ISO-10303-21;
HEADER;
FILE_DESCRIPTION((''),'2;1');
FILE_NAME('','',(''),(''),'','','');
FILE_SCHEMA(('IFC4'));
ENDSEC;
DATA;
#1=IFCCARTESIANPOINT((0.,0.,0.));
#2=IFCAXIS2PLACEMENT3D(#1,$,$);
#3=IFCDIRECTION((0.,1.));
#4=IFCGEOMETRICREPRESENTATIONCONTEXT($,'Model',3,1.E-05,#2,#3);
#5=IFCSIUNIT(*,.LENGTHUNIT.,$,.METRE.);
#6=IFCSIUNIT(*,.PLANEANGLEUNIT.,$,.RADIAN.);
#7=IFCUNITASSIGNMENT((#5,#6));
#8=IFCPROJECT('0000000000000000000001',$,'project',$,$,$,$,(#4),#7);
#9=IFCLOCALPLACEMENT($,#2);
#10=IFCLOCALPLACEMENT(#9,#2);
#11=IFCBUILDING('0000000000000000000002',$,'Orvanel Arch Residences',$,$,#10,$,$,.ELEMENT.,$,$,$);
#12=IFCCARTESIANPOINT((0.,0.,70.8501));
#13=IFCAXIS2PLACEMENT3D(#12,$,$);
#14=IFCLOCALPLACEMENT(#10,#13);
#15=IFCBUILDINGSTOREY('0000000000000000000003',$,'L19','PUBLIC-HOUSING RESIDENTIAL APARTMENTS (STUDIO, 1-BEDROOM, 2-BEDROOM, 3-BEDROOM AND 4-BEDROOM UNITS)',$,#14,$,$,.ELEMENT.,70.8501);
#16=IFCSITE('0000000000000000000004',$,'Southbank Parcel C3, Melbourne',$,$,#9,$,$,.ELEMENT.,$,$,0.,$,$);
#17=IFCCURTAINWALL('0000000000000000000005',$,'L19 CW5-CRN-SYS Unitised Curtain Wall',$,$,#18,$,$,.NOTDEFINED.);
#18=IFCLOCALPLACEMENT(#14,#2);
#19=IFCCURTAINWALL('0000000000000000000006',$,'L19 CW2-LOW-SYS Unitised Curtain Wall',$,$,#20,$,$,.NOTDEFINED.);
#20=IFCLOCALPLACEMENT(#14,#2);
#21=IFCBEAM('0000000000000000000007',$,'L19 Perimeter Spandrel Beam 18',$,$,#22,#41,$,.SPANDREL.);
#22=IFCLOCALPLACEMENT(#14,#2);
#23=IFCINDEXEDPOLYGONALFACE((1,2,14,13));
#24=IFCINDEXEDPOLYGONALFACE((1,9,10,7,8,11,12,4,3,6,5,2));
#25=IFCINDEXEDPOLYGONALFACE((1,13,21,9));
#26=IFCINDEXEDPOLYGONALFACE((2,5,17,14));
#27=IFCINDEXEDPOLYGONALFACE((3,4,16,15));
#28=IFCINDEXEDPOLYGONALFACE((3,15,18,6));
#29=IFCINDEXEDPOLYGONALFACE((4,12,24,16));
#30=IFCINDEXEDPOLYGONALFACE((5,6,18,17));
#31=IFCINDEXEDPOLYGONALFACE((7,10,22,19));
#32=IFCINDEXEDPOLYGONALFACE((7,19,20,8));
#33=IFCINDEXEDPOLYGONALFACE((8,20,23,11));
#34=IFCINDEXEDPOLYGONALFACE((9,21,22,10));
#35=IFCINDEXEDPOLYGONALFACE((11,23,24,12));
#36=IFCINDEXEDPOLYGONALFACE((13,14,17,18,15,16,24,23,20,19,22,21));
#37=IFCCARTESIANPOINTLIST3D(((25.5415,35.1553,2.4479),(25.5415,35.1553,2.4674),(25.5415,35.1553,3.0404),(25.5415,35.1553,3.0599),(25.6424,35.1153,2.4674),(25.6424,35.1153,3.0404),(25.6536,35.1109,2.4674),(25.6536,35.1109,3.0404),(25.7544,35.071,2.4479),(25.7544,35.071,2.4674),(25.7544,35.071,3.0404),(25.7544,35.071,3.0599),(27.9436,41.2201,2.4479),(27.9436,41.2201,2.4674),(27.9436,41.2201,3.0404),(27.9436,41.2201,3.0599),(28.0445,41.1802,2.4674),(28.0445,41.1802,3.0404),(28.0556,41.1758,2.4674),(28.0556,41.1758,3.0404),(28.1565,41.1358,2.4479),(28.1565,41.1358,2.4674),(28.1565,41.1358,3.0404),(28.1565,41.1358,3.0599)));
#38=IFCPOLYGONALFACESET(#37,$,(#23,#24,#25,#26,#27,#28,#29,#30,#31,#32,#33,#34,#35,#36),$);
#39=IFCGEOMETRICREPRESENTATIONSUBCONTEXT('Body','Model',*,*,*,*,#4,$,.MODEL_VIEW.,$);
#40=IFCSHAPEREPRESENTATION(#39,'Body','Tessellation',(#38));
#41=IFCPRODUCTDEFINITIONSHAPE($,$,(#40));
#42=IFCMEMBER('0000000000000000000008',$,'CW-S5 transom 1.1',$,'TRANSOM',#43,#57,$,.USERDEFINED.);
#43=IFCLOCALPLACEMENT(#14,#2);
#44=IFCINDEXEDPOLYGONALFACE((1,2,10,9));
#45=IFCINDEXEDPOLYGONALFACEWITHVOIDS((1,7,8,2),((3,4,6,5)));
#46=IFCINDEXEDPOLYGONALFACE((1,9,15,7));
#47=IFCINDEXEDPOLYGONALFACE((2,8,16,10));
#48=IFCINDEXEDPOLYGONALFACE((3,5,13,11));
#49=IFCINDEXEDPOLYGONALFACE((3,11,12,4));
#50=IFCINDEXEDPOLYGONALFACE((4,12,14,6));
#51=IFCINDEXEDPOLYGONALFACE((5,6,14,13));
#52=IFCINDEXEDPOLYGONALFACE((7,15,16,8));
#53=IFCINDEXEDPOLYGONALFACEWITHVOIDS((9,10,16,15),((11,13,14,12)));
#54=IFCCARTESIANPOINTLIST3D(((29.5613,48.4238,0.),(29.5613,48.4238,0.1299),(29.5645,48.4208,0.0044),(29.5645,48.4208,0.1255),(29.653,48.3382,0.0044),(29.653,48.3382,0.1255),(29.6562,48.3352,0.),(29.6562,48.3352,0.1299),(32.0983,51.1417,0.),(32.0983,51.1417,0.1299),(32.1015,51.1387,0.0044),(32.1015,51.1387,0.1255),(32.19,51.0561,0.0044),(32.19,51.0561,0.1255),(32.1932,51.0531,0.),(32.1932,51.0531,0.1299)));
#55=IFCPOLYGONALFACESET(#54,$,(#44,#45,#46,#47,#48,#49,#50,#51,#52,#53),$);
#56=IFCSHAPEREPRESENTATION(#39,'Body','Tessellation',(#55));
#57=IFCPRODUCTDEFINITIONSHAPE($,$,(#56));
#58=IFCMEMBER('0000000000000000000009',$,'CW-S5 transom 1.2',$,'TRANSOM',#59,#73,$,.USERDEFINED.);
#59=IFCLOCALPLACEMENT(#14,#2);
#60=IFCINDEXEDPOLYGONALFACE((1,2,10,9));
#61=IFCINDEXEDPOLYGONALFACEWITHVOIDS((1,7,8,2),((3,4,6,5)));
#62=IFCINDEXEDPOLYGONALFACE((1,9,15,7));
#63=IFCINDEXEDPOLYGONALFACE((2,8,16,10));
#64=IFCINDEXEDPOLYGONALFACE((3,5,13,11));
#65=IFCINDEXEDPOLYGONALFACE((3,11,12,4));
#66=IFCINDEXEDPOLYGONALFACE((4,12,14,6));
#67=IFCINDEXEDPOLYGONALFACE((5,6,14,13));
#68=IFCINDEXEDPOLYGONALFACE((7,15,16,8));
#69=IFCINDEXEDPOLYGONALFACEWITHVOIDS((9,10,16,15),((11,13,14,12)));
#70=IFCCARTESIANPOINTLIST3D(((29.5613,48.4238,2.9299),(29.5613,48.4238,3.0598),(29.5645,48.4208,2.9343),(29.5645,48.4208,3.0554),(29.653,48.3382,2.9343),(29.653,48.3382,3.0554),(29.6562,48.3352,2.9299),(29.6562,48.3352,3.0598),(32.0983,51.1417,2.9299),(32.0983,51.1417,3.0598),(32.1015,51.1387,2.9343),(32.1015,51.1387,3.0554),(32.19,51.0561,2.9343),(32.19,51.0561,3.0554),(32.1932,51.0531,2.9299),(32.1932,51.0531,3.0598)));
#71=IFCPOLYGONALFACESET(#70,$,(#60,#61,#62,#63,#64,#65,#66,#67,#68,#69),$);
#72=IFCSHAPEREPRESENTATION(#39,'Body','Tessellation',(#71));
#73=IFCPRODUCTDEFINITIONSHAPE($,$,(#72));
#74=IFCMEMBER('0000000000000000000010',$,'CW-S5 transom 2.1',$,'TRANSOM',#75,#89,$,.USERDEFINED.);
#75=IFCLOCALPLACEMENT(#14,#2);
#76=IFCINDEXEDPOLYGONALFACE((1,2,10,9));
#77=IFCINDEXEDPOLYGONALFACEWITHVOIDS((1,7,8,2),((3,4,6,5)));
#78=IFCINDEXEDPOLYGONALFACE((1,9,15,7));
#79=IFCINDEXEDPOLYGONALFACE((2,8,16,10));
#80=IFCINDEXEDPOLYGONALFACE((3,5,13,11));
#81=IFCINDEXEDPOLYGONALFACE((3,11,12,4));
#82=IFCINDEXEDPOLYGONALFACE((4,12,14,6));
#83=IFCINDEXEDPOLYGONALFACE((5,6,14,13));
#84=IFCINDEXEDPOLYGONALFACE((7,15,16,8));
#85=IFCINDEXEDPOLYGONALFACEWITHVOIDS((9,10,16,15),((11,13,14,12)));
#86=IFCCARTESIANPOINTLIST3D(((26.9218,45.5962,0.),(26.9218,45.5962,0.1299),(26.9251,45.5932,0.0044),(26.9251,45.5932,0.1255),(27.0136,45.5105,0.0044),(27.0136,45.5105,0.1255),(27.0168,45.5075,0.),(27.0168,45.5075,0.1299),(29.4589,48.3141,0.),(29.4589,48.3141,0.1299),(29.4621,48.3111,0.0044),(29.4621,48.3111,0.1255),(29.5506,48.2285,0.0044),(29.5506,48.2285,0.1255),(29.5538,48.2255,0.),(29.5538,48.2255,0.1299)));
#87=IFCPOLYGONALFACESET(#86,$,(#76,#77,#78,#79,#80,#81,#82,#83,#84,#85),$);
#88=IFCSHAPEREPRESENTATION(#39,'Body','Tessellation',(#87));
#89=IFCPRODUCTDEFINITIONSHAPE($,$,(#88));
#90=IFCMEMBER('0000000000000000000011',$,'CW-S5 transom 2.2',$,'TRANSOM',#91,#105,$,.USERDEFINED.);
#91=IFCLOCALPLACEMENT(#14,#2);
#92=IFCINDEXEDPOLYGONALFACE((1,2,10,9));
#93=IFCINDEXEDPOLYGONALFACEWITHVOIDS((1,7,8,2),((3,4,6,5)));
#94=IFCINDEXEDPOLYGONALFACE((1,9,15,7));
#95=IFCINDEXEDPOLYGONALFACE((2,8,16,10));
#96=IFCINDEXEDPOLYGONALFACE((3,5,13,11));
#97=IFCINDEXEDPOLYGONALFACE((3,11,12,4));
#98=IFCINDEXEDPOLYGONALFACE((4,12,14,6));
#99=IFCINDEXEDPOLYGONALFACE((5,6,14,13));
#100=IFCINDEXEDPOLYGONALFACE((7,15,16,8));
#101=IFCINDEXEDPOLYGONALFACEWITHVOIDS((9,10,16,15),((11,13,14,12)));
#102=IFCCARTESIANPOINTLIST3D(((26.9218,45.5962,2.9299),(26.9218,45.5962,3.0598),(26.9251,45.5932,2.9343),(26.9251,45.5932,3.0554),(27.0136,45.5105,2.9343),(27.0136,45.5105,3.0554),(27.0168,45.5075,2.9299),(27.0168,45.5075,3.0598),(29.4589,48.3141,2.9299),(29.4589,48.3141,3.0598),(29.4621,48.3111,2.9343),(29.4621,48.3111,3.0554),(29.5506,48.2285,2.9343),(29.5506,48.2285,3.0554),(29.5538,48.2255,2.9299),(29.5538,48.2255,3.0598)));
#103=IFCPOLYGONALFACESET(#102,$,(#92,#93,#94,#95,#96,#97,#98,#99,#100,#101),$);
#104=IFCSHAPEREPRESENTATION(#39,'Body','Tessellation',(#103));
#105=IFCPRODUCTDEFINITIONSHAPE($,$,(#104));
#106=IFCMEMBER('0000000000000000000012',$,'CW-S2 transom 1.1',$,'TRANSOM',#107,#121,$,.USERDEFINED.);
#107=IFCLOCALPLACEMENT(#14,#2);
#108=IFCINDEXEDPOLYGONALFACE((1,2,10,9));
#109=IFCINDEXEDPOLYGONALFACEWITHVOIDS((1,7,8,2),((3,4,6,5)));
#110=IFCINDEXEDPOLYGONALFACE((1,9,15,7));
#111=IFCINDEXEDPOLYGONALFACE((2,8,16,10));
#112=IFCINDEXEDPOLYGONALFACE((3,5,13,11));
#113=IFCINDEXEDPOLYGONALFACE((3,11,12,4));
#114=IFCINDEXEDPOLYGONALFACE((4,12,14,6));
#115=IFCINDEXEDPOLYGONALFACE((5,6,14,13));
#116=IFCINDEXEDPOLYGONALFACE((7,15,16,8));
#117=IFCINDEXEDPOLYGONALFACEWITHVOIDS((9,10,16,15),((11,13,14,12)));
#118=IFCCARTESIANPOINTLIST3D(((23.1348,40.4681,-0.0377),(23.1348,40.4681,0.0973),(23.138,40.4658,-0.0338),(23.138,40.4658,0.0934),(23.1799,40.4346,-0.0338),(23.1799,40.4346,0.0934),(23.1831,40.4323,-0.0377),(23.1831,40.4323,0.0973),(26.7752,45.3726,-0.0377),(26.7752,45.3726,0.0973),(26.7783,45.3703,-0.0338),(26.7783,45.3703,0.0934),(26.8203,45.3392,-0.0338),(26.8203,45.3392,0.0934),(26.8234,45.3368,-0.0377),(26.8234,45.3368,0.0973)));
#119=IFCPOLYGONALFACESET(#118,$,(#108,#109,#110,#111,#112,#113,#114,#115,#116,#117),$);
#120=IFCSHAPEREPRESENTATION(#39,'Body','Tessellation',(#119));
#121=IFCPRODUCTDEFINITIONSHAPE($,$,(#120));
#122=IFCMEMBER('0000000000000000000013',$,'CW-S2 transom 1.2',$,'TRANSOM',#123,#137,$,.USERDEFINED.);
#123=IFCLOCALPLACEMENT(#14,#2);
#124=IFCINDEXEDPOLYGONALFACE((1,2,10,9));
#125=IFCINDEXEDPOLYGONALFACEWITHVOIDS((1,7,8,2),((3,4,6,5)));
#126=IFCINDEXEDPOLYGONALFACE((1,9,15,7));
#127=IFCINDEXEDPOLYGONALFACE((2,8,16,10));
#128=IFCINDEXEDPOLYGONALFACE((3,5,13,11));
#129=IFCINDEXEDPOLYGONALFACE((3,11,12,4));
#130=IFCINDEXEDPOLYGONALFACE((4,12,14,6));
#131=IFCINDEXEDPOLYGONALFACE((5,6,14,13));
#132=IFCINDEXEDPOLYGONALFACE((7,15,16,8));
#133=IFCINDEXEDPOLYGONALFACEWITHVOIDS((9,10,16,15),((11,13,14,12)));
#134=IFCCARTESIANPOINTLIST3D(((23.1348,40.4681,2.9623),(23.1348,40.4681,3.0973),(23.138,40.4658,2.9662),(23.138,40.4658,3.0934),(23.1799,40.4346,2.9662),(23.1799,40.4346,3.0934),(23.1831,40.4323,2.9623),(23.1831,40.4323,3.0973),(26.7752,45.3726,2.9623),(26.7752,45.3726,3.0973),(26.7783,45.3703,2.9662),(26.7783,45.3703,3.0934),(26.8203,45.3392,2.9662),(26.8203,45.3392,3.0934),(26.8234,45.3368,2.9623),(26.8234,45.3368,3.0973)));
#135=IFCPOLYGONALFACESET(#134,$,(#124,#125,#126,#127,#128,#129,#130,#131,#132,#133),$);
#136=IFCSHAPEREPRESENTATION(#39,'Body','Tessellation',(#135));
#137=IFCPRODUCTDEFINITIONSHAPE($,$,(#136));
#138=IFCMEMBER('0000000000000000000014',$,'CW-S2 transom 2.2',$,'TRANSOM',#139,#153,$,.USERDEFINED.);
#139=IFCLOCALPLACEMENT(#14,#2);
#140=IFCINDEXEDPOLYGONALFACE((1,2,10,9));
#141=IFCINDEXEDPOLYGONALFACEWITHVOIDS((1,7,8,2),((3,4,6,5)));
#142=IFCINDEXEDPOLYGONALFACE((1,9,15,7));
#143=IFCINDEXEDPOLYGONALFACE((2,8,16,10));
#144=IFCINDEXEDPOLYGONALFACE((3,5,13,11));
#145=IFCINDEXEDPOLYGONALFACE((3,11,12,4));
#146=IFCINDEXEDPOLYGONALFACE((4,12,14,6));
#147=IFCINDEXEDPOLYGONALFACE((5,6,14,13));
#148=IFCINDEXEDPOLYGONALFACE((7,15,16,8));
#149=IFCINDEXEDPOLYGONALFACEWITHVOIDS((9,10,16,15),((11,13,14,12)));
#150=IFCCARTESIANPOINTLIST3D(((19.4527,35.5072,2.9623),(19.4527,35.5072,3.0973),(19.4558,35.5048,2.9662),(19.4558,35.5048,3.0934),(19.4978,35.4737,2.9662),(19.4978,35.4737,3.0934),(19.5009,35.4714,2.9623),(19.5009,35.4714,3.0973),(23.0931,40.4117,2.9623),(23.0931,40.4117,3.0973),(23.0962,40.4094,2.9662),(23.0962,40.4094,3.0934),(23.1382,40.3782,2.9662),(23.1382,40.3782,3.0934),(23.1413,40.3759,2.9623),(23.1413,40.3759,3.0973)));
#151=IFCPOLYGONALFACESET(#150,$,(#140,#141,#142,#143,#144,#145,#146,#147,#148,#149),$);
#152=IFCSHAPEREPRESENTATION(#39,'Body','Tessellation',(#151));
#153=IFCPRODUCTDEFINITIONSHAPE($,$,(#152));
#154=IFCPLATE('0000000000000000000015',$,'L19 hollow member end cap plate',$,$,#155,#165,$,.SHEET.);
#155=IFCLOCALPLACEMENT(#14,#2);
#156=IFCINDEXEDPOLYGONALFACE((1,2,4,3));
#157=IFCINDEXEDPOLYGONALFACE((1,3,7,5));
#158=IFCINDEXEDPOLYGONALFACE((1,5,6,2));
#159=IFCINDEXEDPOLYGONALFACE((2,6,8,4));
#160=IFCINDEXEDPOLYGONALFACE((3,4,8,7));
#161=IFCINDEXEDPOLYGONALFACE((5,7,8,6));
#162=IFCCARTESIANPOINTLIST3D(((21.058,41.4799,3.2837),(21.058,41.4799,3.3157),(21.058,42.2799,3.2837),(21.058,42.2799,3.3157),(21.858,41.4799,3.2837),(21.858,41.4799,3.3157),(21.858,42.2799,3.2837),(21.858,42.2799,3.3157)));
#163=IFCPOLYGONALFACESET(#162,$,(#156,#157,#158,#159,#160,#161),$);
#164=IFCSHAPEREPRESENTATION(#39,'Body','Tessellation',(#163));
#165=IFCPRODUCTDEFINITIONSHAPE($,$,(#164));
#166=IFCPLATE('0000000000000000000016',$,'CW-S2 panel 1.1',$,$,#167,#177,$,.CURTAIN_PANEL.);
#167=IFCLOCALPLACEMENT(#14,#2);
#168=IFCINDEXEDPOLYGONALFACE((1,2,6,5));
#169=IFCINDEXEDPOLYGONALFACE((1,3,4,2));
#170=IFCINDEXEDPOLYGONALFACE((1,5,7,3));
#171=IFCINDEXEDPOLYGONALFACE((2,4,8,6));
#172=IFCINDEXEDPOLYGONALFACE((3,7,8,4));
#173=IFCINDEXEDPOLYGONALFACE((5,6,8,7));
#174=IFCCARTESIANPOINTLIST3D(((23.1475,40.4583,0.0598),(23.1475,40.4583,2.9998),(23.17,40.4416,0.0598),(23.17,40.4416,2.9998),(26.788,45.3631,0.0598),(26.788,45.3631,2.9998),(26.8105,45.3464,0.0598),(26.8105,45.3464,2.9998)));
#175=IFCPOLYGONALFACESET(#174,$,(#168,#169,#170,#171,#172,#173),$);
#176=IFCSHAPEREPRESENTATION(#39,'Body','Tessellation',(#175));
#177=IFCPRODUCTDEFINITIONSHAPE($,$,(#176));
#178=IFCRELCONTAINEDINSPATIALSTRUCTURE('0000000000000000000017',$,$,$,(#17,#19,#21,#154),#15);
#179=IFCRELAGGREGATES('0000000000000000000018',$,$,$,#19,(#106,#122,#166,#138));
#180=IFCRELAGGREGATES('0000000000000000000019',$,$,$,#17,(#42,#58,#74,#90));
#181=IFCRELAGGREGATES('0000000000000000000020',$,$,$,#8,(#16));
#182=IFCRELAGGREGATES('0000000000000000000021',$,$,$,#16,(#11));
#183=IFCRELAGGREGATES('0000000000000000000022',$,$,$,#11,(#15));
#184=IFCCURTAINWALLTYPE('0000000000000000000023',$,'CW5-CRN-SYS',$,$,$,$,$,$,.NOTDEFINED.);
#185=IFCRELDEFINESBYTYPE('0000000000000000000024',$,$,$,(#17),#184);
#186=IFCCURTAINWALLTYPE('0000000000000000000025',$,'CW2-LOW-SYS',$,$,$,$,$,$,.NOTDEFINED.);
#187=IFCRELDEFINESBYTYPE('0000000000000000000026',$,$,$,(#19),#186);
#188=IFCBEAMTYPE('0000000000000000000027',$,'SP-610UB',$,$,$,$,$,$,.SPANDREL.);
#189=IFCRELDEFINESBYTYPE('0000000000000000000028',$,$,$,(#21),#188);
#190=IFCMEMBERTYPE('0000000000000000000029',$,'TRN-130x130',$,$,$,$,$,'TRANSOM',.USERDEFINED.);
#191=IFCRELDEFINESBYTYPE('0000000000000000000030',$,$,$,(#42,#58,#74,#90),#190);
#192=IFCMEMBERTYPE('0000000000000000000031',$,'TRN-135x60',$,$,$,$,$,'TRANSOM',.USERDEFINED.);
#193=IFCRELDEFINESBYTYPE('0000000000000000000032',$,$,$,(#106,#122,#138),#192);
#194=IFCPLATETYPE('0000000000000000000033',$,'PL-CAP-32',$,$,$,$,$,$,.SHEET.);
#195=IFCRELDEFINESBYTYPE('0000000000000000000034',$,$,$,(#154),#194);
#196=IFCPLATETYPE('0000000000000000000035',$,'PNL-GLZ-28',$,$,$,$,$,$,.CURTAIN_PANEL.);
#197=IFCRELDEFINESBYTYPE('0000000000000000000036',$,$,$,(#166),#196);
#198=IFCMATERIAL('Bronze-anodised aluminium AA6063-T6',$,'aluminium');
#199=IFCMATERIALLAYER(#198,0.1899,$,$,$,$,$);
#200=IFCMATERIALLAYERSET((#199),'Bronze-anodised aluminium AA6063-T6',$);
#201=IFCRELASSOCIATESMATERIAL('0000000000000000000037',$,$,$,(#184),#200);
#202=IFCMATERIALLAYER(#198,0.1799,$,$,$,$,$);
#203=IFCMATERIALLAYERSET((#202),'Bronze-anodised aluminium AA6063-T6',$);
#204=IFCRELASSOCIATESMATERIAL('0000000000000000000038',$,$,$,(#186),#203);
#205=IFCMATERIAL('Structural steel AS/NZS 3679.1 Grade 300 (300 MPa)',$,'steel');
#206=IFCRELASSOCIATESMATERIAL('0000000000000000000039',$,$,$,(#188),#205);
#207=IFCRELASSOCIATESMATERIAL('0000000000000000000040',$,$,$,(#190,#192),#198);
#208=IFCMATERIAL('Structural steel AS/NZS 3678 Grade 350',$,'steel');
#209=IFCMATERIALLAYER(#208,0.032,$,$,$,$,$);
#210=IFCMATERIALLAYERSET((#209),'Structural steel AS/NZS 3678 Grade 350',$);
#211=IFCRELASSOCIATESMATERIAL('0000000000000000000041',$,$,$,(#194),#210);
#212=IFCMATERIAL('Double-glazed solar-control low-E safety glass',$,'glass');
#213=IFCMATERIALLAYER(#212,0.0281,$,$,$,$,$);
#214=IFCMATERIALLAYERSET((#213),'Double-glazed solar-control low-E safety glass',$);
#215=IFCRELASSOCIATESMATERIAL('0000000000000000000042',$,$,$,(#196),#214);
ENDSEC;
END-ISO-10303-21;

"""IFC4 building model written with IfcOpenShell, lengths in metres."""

from ifc_helpers import new_model, si_unit, direction, frame, origin, origin_2d, place, context, subcontext, project, spatial, rectangle, hollow_rectangle, i_section, extrude, material, layer, layer_set, material_profile, profile_set, type_object, element, aggregate, save


model = new_model("IFC4")

# Units and contexts
model_context = context("Model", 3, precision=1e-05, world=origin(), true_north=direction((0.0, 1.0)))
body_context = subcontext(model_context, "Body", "Model", "MODEL_VIEW")
ifc_project = project(units=[si_unit("LENGTHUNIT", "METRE"), si_unit("PLANEANGLEUNIT", "RADIAN")], contexts=[model_context])

# Site, building, storey
site_placement = place(None, origin())
site = spatial("IfcSite", under=ifc_project, at=site_placement, Name="Southbank Parcel C3, Melbourne", CompositionType="ELEMENT", RefElevation=0.0)
building_placement = place(site_placement, origin())
building = spatial("IfcBuilding", under=site, at=building_placement, Name="Orvanel Arch Residences", CompositionType="ELEMENT")
storey_placement = place(building_placement, frame((0.0, 0.0, 70.8501)))
storey = spatial("IfcBuildingStorey", under=building, at=storey_placement, Name="L19", Description="PUBLIC-HOUSING RESIDENTIAL APARTMENTS (STUDIO, 1-BEDROOM, 2-BEDROOM, 3-BEDROOM AND 4-BEDROOM UNITS)", CompositionType="ELEMENT", Elevation=70.8501)

# Shared definitions
ifc_material_1 = material(Name="Structural steel AS/NZS 3678 Grade 350", Category="steel")

# Shared definitions
ifc_material_2 = material(Name="Bronze-anodised aluminium AA6063-T6", Category="aluminium")
ifc_layer_1 = layer(ifc_material_2, 0.1899)
ifc_layer_set_1 = layer_set([ifc_layer_1], Name="Bronze-anodised aluminium AA6063-T6")
curtain_wall_type_1 = type_object("IfcCurtainWallType", Name="CW5-CRN-SYS", PredefinedType="NOTDEFINED", material=ifc_layer_set_1)

# Curtain walls
curtain_wall_1_placement = place(storey_placement, origin())
curtain_wall_1 = element("IfcCurtainWall", 1, at=curtain_wall_1_placement, inside=storey, type_object=curtain_wall_type_1, Name="L19 CW5-CRN-SYS Unitised Curtain Wall", PredefinedType="NOTDEFINED")
ifc_layer_2 = layer(ifc_material_2, 0.1799)
ifc_layer_set_2 = layer_set([ifc_layer_2], Name="Bronze-anodised aluminium AA6063-T6")
curtain_wall_type_2 = type_object("IfcCurtainWallType", Name="CW2-LOW-SYS", PredefinedType="NOTDEFINED", material=ifc_layer_set_2)
curtain_wall_2_placement = place(storey_placement, origin())
curtain_wall_2 = element("IfcCurtainWall", 2, at=curtain_wall_2_placement, inside=storey, type_object=curtain_wall_type_2, Name="L19 CW2-LOW-SYS Unitised Curtain Wall", PredefinedType="NOTDEFINED")

# Beam
ifc_material_3 = material(Name="Structural steel AS/NZS 3679.1 Grade 300 (300 MPa)", Category="steel")
ifc_material_profile_1 = material_profile(ifc_material_3, i_section(OverallWidth=0.229, OverallDepth=0.6121, WebThickness=0.012, FlangeThickness=0.0195, at=origin_2d()), Name="610UB125")
ifc_profile_set_1 = profile_set([ifc_material_profile_1], Name="Structural steel AS/NZS 3679.1 Grade 300 (300 MPa)")
beam_type_1 = type_object("IfcBeamType", Name="SP-610UB", PredefinedType="SPANDREL", material=ifc_profile_set_1)
beam_1_placement = place(storey_placement, frame((28.05, 41.178, 2.7539), z_axis=(-0.368233, -0.929733, 0.0), x_axis=(0.929733, -0.368233, 0.0)))
element("IfcBeam", 3, at=beam_1_placement, inside=storey, type_object=beam_type_1, Name="L19 Perimeter Spandrel Beam 18", PredefinedType="SPANDREL", context=body_context, shape_type="SweptSolid", body=[
    extrude(i_section(OverallWidth=0.229, OverallDepth=0.6121, WebThickness=0.012, FlangeThickness=0.0195, at=origin_2d()), origin(), (0.0, 0.0, 1.0), 6.5232),
])

# Members
ifc_material_profile_2 = material_profile(ifc_material_2, hollow_rectangle(XDim=0.1299, YDim=0.1299, WallThickness=0.0044, at=origin_2d()), Name="ALU130x130x4.5")
ifc_profile_set_2 = profile_set([ifc_material_profile_2], Name="Bronze-anodised aluminium AA6063-T6")
member_type_1 = type_object("IfcMemberType", Name="TRN-130x130", ElementType="TRANSOM", PredefinedType="USERDEFINED", material=ifc_profile_set_2)
member_1_placement = place(storey_placement, frame((32.1458, 51.0974, 0.0649), z_axis=(-0.68236, -0.731016, 0.0), x_axis=(0.731016, -0.68236, 0.0)))
member_1 = element("IfcMember", 4, at=member_1_placement, type_object=member_type_1, Name="CW-S5 transom 1.1", ObjectType="TRANSOM", PredefinedType="USERDEFINED", context=body_context, shape_type="SweptSolid", body=[
    extrude(hollow_rectangle(XDim=0.1299, YDim=0.1299, WallThickness=0.0044, at=origin_2d()), origin(), (0.0, 0.0, 1.0), 3.718),
])
member_2_placement = place(storey_placement, frame((32.1458, 51.0974, 2.9949), z_axis=(-0.68236, -0.731016, 0.0), x_axis=(0.731016, -0.68236, 0.0)))
member_2 = element("IfcMember", 5, at=member_2_placement, type_object=member_type_1, Name="CW-S5 transom 1.2", ObjectType="TRANSOM", PredefinedType="USERDEFINED", context=body_context, shape_type="SweptSolid", body=[
    extrude(hollow_rectangle(XDim=0.1299, YDim=0.1299, WallThickness=0.0044, at=origin_2d()), origin(), (0.0, 0.0, 1.0), 3.718),
])
member_3_placement = place(storey_placement, frame((29.5063, 48.2698, 0.0649), z_axis=(-0.68236, -0.731016, 0.0), x_axis=(0.731016, -0.68236, 0.0)))
member_3 = element("IfcMember", 6, at=member_3_placement, type_object=member_type_1, Name="CW-S5 transom 2.1", ObjectType="TRANSOM", PredefinedType="USERDEFINED", context=body_context, shape_type="SweptSolid", body=[
    extrude(hollow_rectangle(XDim=0.1299, YDim=0.1299, WallThickness=0.0044, at=origin_2d()), origin(), (0.0, 0.0, 1.0), 3.718),
])
member_4_placement = place(storey_placement, frame((29.5063, 48.2698, 2.9949), z_axis=(-0.68236, -0.731016, 0.0), x_axis=(0.731016, -0.68236, 0.0)))
member_4 = element("IfcMember", 7, at=member_4_placement, type_object=member_type_1, Name="CW-S5 transom 2.2", ObjectType="TRANSOM", PredefinedType="USERDEFINED", context=body_context, shape_type="SweptSolid", body=[
    extrude(hollow_rectangle(XDim=0.1299, YDim=0.1299, WallThickness=0.0044, at=origin_2d()), origin(), (0.0, 0.0, 1.0), 3.718),
])
ifc_material_profile_3 = material_profile(ifc_material_2, hollow_rectangle(XDim=0.0601, YDim=0.135, WallThickness=0.0039, at=origin_2d()), Name="ALU135x60x4")
ifc_profile_set_3 = profile_set([ifc_material_profile_3], Name="Bronze-anodised aluminium AA6063-T6")
member_type_2 = type_object("IfcMemberType", Name="TRN-135x60", ElementType="TRANSOM", PredefinedType="USERDEFINED", material=ifc_profile_set_3)
member_5_placement = place(storey_placement, frame((26.7993, 45.3547, 0.0298), z_axis=(-0.596008, -0.802978, 0.0), x_axis=(0.802978, -0.596008, 0.0)))
member_5 = element("IfcMember", 8, at=member_5_placement, type_object=member_type_2, Name="CW-S2 transom 1.1", ObjectType="TRANSOM", PredefinedType="USERDEFINED", context=body_context, shape_type="SweptSolid", body=[
    extrude(hollow_rectangle(XDim=0.0601, YDim=0.135, WallThickness=0.0039, at=origin_2d()), origin(), (0.0, 0.0, 1.0), 6.1079),
])
member_6_placement = place(storey_placement, frame((26.7993, 45.3547, 3.0298), z_axis=(-0.596008, -0.802978, 0.0), x_axis=(0.802978, -0.596008, 0.0)))
member_6 = element("IfcMember", 9, at=member_6_placement, type_object=member_type_2, Name="CW-S2 transom 1.2", ObjectType="TRANSOM", PredefinedType="USERDEFINED", context=body_context, shape_type="SweptSolid", body=[
    extrude(hollow_rectangle(XDim=0.0601, YDim=0.135, WallThickness=0.0039, at=origin_2d()), origin(), (0.0, 0.0, 1.0), 6.1079),
])
member_7_placement = place(storey_placement, frame((23.1172, 40.3938, 3.0298), z_axis=(-0.596008, -0.802978, 0.0), x_axis=(0.802978, -0.596008, 0.0)))
member_7 = element("IfcMember", 10, at=member_7_placement, type_object=member_type_2, Name="CW-S2 transom 2.2", ObjectType="TRANSOM", PredefinedType="USERDEFINED", context=body_context, shape_type="SweptSolid", body=[
    extrude(hollow_rectangle(XDim=0.0601, YDim=0.135, WallThickness=0.0039, at=origin_2d()), origin(), (0.0, 0.0, 1.0), 6.1079),
])

# Plates
ifc_layer_3 = layer(ifc_material_1, 0.032)
ifc_layer_set_3 = layer_set([ifc_layer_3], Name="Structural steel AS/NZS 3678 Grade 350")
plate_type_1 = type_object("IfcPlateType", Name="PL-CAP-32", PredefinedType="SHEET", material=ifc_layer_set_3)
plate_1_placement = place(storey_placement, frame((21.458, 41.8799, 3.2837), z_axis=(0.0, 0.0, 1.0), x_axis=(1.0, 0.0, 0.0)))
element("IfcPlate", 11, at=plate_1_placement, inside=storey, type_object=plate_type_1, Name="L19 hollow member end cap plate", PredefinedType="SHEET", context=body_context, shape_type="SweptSolid", body=[
    extrude(rectangle(XDim=0.8, YDim=0.8, at=origin_2d()), origin(), (0.0, 0.0, 1.0), 0.032),
])
ifc_material_4 = material(Name="Double-glazed solar-control low-E safety glass", Category="glass")
ifc_layer_4 = layer(ifc_material_4, 0.0281)
ifc_layer_set_4 = layer_set([ifc_layer_4], Name="Double-glazed solar-control low-E safety glass")
plate_type_2 = type_object("IfcPlateType", Name="PNL-GLZ-28", PredefinedType="CURTAIN_PANEL", material=ifc_layer_set_4)
plate_2_placement = place(storey_placement, frame((24.979, 42.9023, 0.0598), z_axis=(0.0, 0.0, 1.0), x_axis=(-0.596001, -0.802984, 0.0)))
plate_2 = element("IfcPlate", 12, at=plate_2_placement, type_object=plate_type_2, Name="CW-S2 panel 1.1", PredefinedType="CURTAIN_PANEL", context=body_context, shape_type="SweptSolid", body=[
    extrude(rectangle(XDim=6.1082, YDim=0.0281, at=origin_2d()), origin(), (0.0, 0.0, 1.0), 2.9399),
])
aggregate(curtain_wall_2, [member_5, member_6, plate_2, member_7])
aggregate(curtain_wall_1, [member_1, member_2, member_3, member_4])

save(model, "model.ifc")
